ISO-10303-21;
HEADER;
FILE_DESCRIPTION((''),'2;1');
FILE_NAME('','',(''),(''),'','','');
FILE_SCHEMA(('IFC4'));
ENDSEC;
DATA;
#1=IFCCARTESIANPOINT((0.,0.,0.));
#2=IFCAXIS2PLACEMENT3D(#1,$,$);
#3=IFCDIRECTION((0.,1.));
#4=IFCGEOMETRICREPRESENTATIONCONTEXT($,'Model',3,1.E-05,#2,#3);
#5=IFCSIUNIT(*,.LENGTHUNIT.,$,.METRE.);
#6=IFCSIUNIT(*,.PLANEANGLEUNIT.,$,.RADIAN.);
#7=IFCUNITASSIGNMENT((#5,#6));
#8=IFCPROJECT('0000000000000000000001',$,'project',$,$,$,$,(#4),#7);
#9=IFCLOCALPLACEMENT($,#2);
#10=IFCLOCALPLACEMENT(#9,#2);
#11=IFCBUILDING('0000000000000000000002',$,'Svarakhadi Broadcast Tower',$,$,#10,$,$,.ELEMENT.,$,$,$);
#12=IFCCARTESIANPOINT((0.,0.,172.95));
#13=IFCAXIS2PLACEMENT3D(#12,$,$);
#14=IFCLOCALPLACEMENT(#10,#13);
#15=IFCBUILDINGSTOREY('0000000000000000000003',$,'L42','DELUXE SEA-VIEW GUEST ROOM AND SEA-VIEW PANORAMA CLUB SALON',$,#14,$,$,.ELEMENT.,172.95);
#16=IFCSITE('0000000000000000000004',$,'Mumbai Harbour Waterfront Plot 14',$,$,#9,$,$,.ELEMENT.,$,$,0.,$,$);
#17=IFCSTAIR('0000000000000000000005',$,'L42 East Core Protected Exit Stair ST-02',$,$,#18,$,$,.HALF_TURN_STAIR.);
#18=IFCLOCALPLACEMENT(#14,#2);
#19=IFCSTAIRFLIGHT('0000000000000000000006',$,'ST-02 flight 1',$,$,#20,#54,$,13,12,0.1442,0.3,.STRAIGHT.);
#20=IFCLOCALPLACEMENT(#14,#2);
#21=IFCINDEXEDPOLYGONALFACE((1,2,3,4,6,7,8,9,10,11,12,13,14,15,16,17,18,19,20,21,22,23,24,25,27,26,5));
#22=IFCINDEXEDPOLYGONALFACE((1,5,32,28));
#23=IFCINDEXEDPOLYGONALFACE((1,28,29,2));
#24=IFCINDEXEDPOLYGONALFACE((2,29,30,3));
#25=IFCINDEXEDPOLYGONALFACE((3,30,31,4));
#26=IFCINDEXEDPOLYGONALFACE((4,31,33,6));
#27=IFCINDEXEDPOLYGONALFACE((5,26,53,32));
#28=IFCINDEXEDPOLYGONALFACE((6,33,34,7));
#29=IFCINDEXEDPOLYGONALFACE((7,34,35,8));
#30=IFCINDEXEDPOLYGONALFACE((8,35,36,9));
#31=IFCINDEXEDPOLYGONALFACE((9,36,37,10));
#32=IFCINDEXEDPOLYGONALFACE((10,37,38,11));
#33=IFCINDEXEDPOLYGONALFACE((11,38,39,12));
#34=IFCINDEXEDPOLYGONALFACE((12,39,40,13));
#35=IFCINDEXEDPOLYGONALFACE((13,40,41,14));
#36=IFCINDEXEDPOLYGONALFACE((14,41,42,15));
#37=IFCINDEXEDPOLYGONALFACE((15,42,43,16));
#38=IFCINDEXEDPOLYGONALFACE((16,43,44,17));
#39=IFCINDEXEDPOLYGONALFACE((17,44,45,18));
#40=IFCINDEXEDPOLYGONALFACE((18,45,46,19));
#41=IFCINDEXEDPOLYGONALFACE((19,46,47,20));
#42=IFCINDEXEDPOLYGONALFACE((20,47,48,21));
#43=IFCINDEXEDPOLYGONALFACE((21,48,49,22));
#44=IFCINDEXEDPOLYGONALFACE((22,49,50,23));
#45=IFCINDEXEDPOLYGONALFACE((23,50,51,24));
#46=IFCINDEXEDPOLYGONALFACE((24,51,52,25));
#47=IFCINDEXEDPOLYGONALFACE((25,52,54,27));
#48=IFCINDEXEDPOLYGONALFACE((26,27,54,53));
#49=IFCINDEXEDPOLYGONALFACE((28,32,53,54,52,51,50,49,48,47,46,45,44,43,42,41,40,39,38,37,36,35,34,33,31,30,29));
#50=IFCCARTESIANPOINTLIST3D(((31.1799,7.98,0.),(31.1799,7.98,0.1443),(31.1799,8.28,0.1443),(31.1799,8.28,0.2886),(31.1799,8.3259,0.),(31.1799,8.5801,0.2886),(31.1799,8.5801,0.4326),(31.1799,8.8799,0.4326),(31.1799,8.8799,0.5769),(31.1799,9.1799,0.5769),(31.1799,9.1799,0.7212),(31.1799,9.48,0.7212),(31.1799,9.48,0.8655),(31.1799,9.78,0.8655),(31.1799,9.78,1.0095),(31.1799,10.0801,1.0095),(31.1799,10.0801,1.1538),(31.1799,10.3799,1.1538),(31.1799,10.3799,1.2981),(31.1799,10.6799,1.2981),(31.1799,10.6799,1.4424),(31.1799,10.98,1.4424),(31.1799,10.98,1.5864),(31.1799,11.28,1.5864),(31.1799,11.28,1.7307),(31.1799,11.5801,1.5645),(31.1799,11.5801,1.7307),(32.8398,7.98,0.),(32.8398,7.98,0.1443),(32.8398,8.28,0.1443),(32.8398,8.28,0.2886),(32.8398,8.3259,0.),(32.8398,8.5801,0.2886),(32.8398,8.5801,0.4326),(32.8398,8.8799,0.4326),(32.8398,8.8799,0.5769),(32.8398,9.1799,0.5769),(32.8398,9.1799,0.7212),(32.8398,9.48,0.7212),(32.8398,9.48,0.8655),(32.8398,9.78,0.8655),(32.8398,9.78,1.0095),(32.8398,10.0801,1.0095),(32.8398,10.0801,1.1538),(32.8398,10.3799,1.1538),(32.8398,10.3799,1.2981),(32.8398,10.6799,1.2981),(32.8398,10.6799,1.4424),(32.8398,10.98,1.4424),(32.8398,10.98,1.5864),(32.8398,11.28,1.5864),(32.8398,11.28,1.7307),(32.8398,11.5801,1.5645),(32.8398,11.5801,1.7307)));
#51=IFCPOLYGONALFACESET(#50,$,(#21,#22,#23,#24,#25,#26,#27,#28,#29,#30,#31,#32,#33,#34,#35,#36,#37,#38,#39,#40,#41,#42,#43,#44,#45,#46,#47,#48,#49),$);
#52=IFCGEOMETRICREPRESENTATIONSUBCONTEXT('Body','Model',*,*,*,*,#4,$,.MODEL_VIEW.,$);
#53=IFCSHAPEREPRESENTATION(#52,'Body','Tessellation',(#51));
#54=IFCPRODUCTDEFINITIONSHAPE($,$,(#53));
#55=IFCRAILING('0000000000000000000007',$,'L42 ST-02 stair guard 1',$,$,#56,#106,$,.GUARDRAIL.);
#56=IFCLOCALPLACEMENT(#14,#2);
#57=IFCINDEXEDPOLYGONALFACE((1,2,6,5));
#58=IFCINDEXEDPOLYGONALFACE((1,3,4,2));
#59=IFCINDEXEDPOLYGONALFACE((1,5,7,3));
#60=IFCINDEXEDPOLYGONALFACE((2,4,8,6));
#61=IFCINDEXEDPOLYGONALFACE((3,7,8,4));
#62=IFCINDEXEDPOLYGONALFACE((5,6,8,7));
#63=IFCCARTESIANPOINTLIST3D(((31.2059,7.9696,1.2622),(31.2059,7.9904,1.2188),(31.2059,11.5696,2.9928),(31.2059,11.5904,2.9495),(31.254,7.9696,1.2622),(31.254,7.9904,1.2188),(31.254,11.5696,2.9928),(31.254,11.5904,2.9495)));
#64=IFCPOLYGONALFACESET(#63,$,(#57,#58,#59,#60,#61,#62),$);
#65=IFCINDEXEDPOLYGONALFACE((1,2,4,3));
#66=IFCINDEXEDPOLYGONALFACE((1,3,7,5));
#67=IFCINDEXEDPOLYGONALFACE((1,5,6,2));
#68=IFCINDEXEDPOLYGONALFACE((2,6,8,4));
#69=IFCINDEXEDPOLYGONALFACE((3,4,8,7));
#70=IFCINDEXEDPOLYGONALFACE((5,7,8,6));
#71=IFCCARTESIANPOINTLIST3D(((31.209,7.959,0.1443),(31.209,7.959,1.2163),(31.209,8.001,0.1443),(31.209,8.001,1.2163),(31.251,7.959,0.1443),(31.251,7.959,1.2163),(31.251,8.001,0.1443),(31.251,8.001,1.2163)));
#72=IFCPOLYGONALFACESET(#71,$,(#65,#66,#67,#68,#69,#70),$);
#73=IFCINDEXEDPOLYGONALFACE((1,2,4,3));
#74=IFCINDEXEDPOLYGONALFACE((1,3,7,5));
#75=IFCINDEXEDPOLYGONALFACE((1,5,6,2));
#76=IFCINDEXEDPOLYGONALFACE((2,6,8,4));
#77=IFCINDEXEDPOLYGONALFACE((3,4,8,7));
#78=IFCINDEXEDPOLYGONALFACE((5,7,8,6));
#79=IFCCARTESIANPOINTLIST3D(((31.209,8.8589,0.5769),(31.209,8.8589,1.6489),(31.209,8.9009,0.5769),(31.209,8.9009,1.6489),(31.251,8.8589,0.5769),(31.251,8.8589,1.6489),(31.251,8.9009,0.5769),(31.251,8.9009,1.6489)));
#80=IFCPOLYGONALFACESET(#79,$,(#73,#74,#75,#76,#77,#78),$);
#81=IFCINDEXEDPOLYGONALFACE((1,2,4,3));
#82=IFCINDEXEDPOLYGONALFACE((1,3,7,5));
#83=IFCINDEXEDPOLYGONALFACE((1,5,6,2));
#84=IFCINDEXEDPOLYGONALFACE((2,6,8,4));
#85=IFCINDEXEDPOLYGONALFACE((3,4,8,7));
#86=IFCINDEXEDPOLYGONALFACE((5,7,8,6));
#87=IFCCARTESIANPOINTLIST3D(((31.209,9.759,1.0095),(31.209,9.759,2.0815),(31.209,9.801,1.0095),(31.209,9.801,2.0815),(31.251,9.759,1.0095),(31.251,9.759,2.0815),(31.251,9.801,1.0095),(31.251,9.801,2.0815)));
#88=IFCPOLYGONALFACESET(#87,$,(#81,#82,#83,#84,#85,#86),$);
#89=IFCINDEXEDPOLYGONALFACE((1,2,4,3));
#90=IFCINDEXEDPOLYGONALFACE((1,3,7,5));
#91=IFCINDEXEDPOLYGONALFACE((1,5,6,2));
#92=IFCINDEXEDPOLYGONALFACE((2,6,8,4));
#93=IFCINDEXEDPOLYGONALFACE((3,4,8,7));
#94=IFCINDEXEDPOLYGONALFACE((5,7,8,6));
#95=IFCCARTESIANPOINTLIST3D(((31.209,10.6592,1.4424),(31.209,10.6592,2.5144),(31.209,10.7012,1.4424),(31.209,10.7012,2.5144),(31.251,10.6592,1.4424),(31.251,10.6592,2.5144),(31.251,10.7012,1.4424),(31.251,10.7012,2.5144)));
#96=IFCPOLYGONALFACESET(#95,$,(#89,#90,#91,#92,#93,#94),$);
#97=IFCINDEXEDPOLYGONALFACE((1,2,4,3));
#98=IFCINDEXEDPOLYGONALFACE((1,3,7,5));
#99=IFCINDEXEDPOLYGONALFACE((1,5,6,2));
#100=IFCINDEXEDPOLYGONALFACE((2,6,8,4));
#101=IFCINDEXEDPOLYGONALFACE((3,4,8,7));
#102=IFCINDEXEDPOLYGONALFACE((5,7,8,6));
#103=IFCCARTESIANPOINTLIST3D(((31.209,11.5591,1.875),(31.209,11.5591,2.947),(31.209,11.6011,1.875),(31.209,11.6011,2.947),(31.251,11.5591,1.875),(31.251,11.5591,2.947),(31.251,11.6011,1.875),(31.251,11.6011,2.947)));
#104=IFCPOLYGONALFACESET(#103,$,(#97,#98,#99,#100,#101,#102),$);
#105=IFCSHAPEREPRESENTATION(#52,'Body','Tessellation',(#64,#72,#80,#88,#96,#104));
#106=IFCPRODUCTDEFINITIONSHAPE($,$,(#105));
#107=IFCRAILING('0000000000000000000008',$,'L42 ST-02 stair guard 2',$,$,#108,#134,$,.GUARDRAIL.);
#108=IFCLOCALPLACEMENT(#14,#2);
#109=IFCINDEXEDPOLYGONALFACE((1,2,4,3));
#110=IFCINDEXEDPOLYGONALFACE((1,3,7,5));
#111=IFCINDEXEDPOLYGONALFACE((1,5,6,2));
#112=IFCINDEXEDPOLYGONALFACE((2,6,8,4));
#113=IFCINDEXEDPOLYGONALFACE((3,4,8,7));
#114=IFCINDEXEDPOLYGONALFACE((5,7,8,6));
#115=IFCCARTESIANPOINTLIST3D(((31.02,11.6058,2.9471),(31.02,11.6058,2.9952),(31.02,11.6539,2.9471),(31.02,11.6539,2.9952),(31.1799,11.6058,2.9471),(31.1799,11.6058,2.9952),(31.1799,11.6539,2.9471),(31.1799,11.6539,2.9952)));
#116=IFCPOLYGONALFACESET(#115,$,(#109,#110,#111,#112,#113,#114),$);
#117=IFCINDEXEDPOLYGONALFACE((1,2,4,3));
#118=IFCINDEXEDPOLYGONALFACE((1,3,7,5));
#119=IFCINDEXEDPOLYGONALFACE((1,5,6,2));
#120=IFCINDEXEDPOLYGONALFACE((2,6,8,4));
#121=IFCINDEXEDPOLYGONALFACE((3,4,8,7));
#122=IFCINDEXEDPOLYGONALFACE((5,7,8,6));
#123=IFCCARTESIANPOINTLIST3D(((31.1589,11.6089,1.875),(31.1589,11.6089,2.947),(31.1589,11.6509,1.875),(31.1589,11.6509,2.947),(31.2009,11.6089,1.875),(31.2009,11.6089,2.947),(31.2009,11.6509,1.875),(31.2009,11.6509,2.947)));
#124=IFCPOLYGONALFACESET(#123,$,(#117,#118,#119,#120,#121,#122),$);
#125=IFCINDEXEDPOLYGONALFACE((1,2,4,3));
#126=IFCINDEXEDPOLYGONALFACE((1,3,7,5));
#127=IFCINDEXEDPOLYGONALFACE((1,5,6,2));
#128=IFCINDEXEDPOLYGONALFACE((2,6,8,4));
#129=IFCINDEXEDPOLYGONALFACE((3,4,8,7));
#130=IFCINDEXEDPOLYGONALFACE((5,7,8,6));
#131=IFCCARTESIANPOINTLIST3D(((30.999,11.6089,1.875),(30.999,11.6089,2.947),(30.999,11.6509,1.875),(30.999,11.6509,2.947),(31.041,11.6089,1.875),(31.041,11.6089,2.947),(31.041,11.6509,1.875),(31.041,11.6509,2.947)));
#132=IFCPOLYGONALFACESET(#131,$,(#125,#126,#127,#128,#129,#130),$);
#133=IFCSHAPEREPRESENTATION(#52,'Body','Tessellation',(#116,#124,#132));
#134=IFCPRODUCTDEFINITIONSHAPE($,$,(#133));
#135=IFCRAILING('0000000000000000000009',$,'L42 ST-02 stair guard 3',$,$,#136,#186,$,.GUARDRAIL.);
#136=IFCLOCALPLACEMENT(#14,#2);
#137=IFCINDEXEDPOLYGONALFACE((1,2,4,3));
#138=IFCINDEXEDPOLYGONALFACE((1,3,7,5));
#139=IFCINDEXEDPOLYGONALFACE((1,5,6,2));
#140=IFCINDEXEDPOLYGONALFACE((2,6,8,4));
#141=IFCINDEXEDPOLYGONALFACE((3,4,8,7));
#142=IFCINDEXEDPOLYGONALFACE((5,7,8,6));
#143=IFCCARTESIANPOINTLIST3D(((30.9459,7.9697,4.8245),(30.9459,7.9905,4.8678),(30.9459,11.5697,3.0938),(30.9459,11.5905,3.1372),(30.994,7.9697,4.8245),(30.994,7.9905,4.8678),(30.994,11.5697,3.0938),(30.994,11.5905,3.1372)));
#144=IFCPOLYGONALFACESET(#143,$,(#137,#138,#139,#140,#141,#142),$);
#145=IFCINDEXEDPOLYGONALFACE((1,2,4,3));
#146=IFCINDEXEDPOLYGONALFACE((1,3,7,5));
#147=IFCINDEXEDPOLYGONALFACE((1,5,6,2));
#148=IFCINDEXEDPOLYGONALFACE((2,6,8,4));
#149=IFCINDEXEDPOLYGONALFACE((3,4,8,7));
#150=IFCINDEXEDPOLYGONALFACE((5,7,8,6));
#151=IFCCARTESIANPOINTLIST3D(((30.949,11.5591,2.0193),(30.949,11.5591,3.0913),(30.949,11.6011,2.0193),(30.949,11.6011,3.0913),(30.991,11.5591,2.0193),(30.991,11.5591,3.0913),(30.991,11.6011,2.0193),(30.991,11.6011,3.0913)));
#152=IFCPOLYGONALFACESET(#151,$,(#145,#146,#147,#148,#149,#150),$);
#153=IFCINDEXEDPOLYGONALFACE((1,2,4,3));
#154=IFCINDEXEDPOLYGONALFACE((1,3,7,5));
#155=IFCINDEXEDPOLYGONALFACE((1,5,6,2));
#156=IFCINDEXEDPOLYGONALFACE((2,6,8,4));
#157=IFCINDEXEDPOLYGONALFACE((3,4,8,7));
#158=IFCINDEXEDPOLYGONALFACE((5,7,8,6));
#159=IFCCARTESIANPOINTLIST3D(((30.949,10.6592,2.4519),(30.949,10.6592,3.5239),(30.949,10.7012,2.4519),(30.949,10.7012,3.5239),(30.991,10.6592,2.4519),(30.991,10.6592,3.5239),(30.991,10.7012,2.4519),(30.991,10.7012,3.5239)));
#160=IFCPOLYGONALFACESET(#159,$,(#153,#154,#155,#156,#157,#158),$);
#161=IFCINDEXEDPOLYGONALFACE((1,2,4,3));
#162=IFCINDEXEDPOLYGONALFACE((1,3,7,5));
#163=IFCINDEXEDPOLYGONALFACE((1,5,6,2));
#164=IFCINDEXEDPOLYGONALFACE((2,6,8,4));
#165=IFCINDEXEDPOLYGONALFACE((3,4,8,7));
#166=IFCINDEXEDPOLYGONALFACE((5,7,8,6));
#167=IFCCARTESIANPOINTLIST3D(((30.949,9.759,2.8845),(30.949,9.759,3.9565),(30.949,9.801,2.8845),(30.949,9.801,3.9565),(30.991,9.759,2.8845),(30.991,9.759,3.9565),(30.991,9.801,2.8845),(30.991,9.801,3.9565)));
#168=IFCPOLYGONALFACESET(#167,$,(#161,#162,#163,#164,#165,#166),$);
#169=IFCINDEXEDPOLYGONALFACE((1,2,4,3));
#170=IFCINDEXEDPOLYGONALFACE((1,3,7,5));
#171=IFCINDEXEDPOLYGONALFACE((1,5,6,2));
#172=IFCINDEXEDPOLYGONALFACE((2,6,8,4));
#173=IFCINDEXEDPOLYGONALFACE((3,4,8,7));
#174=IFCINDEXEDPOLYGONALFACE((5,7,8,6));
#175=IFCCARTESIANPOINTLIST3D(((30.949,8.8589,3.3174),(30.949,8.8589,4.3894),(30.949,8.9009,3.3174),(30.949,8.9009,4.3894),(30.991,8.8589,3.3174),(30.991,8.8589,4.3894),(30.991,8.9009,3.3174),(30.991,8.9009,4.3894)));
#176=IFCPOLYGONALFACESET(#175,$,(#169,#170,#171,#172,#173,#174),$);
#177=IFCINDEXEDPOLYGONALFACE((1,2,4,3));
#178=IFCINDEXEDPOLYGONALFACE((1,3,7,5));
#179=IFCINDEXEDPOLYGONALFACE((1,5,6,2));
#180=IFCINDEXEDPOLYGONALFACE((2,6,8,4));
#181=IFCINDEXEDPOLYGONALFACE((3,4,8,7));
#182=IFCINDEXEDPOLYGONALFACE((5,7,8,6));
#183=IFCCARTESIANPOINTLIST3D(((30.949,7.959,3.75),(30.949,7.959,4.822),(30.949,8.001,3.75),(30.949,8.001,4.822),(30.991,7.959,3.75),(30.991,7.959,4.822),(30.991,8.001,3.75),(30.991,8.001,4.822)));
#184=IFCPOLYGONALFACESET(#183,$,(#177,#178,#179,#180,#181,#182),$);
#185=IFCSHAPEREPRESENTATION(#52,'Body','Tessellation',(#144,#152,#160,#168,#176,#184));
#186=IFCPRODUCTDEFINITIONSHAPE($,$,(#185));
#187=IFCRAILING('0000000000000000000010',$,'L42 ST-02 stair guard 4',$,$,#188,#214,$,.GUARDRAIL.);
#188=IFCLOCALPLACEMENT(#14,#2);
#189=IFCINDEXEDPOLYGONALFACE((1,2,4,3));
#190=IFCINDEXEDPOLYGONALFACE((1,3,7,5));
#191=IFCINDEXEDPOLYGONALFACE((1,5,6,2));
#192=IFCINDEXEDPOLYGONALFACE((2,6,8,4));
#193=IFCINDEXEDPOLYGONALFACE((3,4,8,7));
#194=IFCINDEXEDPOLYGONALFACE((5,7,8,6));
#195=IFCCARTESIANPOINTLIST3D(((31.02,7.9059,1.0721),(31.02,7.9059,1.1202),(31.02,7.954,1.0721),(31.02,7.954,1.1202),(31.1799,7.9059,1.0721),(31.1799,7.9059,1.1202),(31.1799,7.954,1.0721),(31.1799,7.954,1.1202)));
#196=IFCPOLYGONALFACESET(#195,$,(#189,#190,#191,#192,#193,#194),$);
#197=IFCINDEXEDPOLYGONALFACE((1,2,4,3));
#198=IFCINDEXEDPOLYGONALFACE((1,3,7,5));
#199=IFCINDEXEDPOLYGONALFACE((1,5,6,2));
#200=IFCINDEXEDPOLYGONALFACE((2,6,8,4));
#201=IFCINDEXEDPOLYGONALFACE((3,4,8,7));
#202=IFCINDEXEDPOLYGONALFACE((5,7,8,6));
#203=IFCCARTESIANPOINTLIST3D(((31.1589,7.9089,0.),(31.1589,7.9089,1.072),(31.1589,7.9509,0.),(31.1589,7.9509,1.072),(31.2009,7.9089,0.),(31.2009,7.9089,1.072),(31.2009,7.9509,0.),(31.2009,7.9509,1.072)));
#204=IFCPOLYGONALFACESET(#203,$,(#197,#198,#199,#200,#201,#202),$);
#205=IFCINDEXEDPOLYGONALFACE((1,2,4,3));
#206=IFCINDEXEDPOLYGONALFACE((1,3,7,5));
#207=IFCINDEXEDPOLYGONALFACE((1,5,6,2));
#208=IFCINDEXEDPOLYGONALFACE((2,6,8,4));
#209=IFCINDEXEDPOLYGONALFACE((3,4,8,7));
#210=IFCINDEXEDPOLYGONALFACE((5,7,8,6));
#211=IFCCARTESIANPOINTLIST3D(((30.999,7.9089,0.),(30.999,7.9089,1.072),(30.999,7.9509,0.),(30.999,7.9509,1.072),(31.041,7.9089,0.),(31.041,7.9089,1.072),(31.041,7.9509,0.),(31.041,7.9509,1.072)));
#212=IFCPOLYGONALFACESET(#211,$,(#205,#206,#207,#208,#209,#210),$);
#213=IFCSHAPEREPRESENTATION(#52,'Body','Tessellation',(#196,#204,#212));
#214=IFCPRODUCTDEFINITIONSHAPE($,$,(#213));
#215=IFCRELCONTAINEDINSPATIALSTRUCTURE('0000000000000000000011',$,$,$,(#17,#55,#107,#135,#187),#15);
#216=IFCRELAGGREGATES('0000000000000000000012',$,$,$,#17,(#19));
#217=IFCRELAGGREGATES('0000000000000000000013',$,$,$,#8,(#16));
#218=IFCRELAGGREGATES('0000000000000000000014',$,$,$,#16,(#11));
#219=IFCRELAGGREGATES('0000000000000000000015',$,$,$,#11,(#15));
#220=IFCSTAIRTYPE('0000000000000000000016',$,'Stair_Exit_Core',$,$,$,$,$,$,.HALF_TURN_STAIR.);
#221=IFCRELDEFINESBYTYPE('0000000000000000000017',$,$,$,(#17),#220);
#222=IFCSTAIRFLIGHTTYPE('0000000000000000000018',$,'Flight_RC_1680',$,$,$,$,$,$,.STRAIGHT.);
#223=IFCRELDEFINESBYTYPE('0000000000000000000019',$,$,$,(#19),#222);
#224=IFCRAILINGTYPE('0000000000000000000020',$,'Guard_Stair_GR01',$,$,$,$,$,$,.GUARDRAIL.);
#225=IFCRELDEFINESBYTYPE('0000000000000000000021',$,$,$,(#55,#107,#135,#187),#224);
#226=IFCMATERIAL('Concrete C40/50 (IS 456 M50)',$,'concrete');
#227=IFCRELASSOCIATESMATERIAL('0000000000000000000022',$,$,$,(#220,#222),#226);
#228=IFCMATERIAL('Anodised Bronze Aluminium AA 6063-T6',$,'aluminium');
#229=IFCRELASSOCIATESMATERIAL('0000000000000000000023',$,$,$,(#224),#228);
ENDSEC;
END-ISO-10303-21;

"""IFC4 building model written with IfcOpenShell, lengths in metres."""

from ifc_helpers import new_model, si_unit, direction, frame, origin, origin_2d, place, context, subcontext, project, spatial, polyline, rectangle, outline, extrude, material, type_object, element, aggregate, save


model = new_model("IFC4")

# Units and contexts
model_context = context("Model", 3, precision=1e-05, world=origin(), true_north=direction((0.0, 1.0)))
body_context = subcontext(model_context, "Body", "Model", "MODEL_VIEW")
ifc_project = project(units=[si_unit("LENGTHUNIT", "METRE"), si_unit("PLANEANGLEUNIT", "RADIAN")], contexts=[model_context])

# Site, building, storey
site_placement = place(None, origin())
site = spatial("IfcSite", under=ifc_project, at=site_placement, Name="Mumbai Harbour Waterfront Plot 14", CompositionType="ELEMENT", RefElevation=0.0)
building_placement = place(site_placement, origin())
building = spatial("IfcBuilding", under=site, at=building_placement, Name="Svarakhadi Broadcast Tower", CompositionType="ELEMENT")
storey_placement = place(building_placement, frame((0.0, 0.0, 172.95)))
storey = spatial("IfcBuildingStorey", under=building, at=storey_placement, Name="L42", Description="DELUXE SEA-VIEW GUEST ROOM AND SEA-VIEW PANORAMA CLUB SALON", CompositionType="ELEMENT", Elevation=172.95)

# Shared definitions
ifc_material_1 = material(Name="Anodised Bronze Aluminium AA 6063-T6", Category="aluminium")

# Shared definitions
ifc_material_2 = material(Name="Concrete C40/50 (IS 456 M50)", Category="concrete")

# Stair, stair flight
stair_type = type_object("IfcStairType", Name="Stair_Exit_Core", PredefinedType="HALF_TURN_STAIR", material=ifc_material_2)
stair_placement = place(storey_placement, origin())
stair = element("IfcStair", 1, at=stair_placement, inside=storey, type_object=stair_type, Name="L42 East Core Protected Exit Stair ST-02", PredefinedType="HALF_TURN_STAIR")
stair_flight_type = type_object("IfcStairFlightType", Name="Flight_RC_1680", PredefinedType="STRAIGHT", material=ifc_material_2)
stair_flight_placement = place(storey_placement, frame((32.01, 7.98, 0.0), z_axis=(0.0, 0.0, 1.0), x_axis=(0.0, 1.0, 0.0)))
stair_flight = element("IfcStairFlight", 2, at=stair_flight_placement, type_object=stair_flight_type, Name="ST-02 flight 1", NumberOfRisers=13, NumberOfTreads=12, PredefinedType="STRAIGHT", RiserHeight=0.1442, TreadLength=0.3, context=body_context, shape_type="SweptSolid", body=[
    extrude(outline(polyline([(0.0, 0.0), (0.0, 0.1443), (0.3, 0.1443), (0.3, 0.2886), (0.6001, 0.2886), (0.6001, 0.4326), (0.8999, 0.4326), (0.8999, 0.5769), (1.2, 0.5769), (1.2, 0.7212), (1.5, 0.7212), (1.5, 0.8655), (1.8, 0.8655), (1.8, 1.0095), (2.1001, 1.0095), (2.1001, 1.1538), (2.3999, 1.1538), (2.3999, 1.2981), (2.7, 1.2981), (2.7, 1.4424), (3.0, 1.4424), (3.0, 1.5864), (3.3, 1.5864), (3.3, 1.7307), (3.6001, 1.7307), (3.6001, 1.875), (3.6001, 1.5645), (0.3459, 0.0), (0.0, 0.0)])), frame((0.0, 0.8301, 0.0), z_axis=(0.0, -1.0, 0.0), x_axis=(1.0, 0.0, 0.0)), (0.0, 0.0, 1.0), 1.6599),
])
aggregate(stair, [stair_flight])

# Railings
railing_type_1 = type_object("IfcRailingType", Name="Guard_Stair_GR01", PredefinedType="GUARDRAIL", material=ifc_material_1)
railing_1_placement = place(storey_placement, frame((31.23, 7.98, 0.1443)))
element("IfcRailing", 3, at=railing_1_placement, inside=storey, type_object=railing_type_1, Name="L42 ST-02 stair guard 1", PredefinedType="GUARDRAIL", context=body_context, shape_type="SweptSolid", body=[
    extrude(rectangle(XDim=0.0481, YDim=0.0481, at=origin_2d()), frame((0.0, 0.0, 1.0962), z_axis=(0.0, 0.901263, 0.433273), x_axis=(-1.0, 0.0, 0.0)), (0.0, 0.0, 1.0), 3.9944),
    extrude(rectangle(XDim=0.042, YDim=0.042, at=origin_2d()), origin(), (0.0, 0.0, 1.0), 1.072),
    extrude(rectangle(XDim=0.042, YDim=0.042, at=origin_2d()), frame((0.0, 0.8999, 0.4326)), (0.0, 0.0, 1.0), 1.072),
    extrude(rectangle(XDim=0.042, YDim=0.042, at=origin_2d()), frame((0.0, 1.8, 0.8652)), (0.0, 0.0, 1.0), 1.072),
    extrude(rectangle(XDim=0.042, YDim=0.042, at=origin_2d()), frame((0.0, 2.7002, 1.2981)), (0.0, 0.0, 1.0), 1.072),
    extrude(rectangle(XDim=0.042, YDim=0.042, at=origin_2d()), frame((0.0, 3.6001, 1.7307)), (0.0, 0.0, 1.0), 1.072),
])
railing_2_placement = place(storey_placement, frame((31.1799, 11.6299, 1.875)))
element("IfcRailing", 4, at=railing_2_placement, inside=storey, type_object=railing_type_1, Name="L42 ST-02 stair guard 2", PredefinedType="GUARDRAIL", context=body_context, shape_type="SweptSolid", body=[
    extrude(rectangle(XDim=0.0481, YDim=0.0481, at=origin_2d()), frame((0.0, 0.0, 1.0962), z_axis=(-1.0, 0.0, 0.0), x_axis=(0.0, -1.0, 0.0)), (0.0, 0.0, 1.0), 0.1599),
    extrude(rectangle(XDim=0.042, YDim=0.042, at=origin_2d()), origin(), (0.0, 0.0, 1.0), 1.072),
    extrude(rectangle(XDim=0.042, YDim=0.042, at=origin_2d()), frame((-0.1599, 0.0, 0.0)), (0.0, 0.0, 1.0), 1.072),
])
railing_3_placement = place(storey_placement, frame((30.97, 11.5801, 2.0193)))
element("IfcRailing", 5, at=railing_3_placement, inside=storey, type_object=railing_type_1, Name="L42 ST-02 stair guard 3", PredefinedType="GUARDRAIL", context=body_context, shape_type="SweptSolid", body=[
    extrude(rectangle(XDim=0.0481, YDim=0.0481, at=origin_2d()), frame((0.0, 0.0, 1.0962), z_axis=(0.0, -0.901263, 0.433273), x_axis=(1.0, 0.0, 0.0)), (0.0, 0.0, 1.0), 3.9944),
    extrude(rectangle(XDim=0.042, YDim=0.042, at=origin_2d()), origin(), (0.0, 0.0, 1.0), 1.072),
    extrude(rectangle(XDim=0.042, YDim=0.042, at=origin_2d()), frame((0.0, -0.8999, 0.4326)), (0.0, 0.0, 1.0), 1.072),
    extrude(rectangle(XDim=0.042, YDim=0.042, at=origin_2d()), frame((0.0, -1.8, 0.8652)), (0.0, 0.0, 1.0), 1.072),
    extrude(rectangle(XDim=0.042, YDim=0.042, at=origin_2d()), frame((0.0, -2.7002, 1.2981)), (0.0, 0.0, 1.0), 1.072),
    extrude(rectangle(XDim=0.042, YDim=0.042, at=origin_2d()), frame((0.0, -3.6001, 1.7307)), (0.0, 0.0, 1.0), 1.072),
])
railing_4_placement = place(storey_placement, frame((31.1799, 7.9299, 0.0)))
element("IfcRailing", 6, at=railing_4_placement, inside=storey, type_object=railing_type_1, Name="L42 ST-02 stair guard 4", PredefinedType="GUARDRAIL", context=body_context, shape_type="SweptSolid", body=[
    extrude(rectangle(XDim=0.0481, YDim=0.0481, at=origin_2d()), frame((0.0, 0.0, 1.0962), z_axis=(-1.0, 0.0, 0.0), x_axis=(0.0, -1.0, 0.0)), (0.0, 0.0, 1.0), 0.1599),
    extrude(rectangle(XDim=0.042, YDim=0.042, at=origin_2d()), origin(), (0.0, 0.0, 1.0), 1.072),
    extrude(rectangle(XDim=0.042, YDim=0.042, at=origin_2d()), frame((-0.1599, 0.0, 0.0)), (0.0, 0.0, 1.0), 1.072),
])

save(model, "model.ifc")
